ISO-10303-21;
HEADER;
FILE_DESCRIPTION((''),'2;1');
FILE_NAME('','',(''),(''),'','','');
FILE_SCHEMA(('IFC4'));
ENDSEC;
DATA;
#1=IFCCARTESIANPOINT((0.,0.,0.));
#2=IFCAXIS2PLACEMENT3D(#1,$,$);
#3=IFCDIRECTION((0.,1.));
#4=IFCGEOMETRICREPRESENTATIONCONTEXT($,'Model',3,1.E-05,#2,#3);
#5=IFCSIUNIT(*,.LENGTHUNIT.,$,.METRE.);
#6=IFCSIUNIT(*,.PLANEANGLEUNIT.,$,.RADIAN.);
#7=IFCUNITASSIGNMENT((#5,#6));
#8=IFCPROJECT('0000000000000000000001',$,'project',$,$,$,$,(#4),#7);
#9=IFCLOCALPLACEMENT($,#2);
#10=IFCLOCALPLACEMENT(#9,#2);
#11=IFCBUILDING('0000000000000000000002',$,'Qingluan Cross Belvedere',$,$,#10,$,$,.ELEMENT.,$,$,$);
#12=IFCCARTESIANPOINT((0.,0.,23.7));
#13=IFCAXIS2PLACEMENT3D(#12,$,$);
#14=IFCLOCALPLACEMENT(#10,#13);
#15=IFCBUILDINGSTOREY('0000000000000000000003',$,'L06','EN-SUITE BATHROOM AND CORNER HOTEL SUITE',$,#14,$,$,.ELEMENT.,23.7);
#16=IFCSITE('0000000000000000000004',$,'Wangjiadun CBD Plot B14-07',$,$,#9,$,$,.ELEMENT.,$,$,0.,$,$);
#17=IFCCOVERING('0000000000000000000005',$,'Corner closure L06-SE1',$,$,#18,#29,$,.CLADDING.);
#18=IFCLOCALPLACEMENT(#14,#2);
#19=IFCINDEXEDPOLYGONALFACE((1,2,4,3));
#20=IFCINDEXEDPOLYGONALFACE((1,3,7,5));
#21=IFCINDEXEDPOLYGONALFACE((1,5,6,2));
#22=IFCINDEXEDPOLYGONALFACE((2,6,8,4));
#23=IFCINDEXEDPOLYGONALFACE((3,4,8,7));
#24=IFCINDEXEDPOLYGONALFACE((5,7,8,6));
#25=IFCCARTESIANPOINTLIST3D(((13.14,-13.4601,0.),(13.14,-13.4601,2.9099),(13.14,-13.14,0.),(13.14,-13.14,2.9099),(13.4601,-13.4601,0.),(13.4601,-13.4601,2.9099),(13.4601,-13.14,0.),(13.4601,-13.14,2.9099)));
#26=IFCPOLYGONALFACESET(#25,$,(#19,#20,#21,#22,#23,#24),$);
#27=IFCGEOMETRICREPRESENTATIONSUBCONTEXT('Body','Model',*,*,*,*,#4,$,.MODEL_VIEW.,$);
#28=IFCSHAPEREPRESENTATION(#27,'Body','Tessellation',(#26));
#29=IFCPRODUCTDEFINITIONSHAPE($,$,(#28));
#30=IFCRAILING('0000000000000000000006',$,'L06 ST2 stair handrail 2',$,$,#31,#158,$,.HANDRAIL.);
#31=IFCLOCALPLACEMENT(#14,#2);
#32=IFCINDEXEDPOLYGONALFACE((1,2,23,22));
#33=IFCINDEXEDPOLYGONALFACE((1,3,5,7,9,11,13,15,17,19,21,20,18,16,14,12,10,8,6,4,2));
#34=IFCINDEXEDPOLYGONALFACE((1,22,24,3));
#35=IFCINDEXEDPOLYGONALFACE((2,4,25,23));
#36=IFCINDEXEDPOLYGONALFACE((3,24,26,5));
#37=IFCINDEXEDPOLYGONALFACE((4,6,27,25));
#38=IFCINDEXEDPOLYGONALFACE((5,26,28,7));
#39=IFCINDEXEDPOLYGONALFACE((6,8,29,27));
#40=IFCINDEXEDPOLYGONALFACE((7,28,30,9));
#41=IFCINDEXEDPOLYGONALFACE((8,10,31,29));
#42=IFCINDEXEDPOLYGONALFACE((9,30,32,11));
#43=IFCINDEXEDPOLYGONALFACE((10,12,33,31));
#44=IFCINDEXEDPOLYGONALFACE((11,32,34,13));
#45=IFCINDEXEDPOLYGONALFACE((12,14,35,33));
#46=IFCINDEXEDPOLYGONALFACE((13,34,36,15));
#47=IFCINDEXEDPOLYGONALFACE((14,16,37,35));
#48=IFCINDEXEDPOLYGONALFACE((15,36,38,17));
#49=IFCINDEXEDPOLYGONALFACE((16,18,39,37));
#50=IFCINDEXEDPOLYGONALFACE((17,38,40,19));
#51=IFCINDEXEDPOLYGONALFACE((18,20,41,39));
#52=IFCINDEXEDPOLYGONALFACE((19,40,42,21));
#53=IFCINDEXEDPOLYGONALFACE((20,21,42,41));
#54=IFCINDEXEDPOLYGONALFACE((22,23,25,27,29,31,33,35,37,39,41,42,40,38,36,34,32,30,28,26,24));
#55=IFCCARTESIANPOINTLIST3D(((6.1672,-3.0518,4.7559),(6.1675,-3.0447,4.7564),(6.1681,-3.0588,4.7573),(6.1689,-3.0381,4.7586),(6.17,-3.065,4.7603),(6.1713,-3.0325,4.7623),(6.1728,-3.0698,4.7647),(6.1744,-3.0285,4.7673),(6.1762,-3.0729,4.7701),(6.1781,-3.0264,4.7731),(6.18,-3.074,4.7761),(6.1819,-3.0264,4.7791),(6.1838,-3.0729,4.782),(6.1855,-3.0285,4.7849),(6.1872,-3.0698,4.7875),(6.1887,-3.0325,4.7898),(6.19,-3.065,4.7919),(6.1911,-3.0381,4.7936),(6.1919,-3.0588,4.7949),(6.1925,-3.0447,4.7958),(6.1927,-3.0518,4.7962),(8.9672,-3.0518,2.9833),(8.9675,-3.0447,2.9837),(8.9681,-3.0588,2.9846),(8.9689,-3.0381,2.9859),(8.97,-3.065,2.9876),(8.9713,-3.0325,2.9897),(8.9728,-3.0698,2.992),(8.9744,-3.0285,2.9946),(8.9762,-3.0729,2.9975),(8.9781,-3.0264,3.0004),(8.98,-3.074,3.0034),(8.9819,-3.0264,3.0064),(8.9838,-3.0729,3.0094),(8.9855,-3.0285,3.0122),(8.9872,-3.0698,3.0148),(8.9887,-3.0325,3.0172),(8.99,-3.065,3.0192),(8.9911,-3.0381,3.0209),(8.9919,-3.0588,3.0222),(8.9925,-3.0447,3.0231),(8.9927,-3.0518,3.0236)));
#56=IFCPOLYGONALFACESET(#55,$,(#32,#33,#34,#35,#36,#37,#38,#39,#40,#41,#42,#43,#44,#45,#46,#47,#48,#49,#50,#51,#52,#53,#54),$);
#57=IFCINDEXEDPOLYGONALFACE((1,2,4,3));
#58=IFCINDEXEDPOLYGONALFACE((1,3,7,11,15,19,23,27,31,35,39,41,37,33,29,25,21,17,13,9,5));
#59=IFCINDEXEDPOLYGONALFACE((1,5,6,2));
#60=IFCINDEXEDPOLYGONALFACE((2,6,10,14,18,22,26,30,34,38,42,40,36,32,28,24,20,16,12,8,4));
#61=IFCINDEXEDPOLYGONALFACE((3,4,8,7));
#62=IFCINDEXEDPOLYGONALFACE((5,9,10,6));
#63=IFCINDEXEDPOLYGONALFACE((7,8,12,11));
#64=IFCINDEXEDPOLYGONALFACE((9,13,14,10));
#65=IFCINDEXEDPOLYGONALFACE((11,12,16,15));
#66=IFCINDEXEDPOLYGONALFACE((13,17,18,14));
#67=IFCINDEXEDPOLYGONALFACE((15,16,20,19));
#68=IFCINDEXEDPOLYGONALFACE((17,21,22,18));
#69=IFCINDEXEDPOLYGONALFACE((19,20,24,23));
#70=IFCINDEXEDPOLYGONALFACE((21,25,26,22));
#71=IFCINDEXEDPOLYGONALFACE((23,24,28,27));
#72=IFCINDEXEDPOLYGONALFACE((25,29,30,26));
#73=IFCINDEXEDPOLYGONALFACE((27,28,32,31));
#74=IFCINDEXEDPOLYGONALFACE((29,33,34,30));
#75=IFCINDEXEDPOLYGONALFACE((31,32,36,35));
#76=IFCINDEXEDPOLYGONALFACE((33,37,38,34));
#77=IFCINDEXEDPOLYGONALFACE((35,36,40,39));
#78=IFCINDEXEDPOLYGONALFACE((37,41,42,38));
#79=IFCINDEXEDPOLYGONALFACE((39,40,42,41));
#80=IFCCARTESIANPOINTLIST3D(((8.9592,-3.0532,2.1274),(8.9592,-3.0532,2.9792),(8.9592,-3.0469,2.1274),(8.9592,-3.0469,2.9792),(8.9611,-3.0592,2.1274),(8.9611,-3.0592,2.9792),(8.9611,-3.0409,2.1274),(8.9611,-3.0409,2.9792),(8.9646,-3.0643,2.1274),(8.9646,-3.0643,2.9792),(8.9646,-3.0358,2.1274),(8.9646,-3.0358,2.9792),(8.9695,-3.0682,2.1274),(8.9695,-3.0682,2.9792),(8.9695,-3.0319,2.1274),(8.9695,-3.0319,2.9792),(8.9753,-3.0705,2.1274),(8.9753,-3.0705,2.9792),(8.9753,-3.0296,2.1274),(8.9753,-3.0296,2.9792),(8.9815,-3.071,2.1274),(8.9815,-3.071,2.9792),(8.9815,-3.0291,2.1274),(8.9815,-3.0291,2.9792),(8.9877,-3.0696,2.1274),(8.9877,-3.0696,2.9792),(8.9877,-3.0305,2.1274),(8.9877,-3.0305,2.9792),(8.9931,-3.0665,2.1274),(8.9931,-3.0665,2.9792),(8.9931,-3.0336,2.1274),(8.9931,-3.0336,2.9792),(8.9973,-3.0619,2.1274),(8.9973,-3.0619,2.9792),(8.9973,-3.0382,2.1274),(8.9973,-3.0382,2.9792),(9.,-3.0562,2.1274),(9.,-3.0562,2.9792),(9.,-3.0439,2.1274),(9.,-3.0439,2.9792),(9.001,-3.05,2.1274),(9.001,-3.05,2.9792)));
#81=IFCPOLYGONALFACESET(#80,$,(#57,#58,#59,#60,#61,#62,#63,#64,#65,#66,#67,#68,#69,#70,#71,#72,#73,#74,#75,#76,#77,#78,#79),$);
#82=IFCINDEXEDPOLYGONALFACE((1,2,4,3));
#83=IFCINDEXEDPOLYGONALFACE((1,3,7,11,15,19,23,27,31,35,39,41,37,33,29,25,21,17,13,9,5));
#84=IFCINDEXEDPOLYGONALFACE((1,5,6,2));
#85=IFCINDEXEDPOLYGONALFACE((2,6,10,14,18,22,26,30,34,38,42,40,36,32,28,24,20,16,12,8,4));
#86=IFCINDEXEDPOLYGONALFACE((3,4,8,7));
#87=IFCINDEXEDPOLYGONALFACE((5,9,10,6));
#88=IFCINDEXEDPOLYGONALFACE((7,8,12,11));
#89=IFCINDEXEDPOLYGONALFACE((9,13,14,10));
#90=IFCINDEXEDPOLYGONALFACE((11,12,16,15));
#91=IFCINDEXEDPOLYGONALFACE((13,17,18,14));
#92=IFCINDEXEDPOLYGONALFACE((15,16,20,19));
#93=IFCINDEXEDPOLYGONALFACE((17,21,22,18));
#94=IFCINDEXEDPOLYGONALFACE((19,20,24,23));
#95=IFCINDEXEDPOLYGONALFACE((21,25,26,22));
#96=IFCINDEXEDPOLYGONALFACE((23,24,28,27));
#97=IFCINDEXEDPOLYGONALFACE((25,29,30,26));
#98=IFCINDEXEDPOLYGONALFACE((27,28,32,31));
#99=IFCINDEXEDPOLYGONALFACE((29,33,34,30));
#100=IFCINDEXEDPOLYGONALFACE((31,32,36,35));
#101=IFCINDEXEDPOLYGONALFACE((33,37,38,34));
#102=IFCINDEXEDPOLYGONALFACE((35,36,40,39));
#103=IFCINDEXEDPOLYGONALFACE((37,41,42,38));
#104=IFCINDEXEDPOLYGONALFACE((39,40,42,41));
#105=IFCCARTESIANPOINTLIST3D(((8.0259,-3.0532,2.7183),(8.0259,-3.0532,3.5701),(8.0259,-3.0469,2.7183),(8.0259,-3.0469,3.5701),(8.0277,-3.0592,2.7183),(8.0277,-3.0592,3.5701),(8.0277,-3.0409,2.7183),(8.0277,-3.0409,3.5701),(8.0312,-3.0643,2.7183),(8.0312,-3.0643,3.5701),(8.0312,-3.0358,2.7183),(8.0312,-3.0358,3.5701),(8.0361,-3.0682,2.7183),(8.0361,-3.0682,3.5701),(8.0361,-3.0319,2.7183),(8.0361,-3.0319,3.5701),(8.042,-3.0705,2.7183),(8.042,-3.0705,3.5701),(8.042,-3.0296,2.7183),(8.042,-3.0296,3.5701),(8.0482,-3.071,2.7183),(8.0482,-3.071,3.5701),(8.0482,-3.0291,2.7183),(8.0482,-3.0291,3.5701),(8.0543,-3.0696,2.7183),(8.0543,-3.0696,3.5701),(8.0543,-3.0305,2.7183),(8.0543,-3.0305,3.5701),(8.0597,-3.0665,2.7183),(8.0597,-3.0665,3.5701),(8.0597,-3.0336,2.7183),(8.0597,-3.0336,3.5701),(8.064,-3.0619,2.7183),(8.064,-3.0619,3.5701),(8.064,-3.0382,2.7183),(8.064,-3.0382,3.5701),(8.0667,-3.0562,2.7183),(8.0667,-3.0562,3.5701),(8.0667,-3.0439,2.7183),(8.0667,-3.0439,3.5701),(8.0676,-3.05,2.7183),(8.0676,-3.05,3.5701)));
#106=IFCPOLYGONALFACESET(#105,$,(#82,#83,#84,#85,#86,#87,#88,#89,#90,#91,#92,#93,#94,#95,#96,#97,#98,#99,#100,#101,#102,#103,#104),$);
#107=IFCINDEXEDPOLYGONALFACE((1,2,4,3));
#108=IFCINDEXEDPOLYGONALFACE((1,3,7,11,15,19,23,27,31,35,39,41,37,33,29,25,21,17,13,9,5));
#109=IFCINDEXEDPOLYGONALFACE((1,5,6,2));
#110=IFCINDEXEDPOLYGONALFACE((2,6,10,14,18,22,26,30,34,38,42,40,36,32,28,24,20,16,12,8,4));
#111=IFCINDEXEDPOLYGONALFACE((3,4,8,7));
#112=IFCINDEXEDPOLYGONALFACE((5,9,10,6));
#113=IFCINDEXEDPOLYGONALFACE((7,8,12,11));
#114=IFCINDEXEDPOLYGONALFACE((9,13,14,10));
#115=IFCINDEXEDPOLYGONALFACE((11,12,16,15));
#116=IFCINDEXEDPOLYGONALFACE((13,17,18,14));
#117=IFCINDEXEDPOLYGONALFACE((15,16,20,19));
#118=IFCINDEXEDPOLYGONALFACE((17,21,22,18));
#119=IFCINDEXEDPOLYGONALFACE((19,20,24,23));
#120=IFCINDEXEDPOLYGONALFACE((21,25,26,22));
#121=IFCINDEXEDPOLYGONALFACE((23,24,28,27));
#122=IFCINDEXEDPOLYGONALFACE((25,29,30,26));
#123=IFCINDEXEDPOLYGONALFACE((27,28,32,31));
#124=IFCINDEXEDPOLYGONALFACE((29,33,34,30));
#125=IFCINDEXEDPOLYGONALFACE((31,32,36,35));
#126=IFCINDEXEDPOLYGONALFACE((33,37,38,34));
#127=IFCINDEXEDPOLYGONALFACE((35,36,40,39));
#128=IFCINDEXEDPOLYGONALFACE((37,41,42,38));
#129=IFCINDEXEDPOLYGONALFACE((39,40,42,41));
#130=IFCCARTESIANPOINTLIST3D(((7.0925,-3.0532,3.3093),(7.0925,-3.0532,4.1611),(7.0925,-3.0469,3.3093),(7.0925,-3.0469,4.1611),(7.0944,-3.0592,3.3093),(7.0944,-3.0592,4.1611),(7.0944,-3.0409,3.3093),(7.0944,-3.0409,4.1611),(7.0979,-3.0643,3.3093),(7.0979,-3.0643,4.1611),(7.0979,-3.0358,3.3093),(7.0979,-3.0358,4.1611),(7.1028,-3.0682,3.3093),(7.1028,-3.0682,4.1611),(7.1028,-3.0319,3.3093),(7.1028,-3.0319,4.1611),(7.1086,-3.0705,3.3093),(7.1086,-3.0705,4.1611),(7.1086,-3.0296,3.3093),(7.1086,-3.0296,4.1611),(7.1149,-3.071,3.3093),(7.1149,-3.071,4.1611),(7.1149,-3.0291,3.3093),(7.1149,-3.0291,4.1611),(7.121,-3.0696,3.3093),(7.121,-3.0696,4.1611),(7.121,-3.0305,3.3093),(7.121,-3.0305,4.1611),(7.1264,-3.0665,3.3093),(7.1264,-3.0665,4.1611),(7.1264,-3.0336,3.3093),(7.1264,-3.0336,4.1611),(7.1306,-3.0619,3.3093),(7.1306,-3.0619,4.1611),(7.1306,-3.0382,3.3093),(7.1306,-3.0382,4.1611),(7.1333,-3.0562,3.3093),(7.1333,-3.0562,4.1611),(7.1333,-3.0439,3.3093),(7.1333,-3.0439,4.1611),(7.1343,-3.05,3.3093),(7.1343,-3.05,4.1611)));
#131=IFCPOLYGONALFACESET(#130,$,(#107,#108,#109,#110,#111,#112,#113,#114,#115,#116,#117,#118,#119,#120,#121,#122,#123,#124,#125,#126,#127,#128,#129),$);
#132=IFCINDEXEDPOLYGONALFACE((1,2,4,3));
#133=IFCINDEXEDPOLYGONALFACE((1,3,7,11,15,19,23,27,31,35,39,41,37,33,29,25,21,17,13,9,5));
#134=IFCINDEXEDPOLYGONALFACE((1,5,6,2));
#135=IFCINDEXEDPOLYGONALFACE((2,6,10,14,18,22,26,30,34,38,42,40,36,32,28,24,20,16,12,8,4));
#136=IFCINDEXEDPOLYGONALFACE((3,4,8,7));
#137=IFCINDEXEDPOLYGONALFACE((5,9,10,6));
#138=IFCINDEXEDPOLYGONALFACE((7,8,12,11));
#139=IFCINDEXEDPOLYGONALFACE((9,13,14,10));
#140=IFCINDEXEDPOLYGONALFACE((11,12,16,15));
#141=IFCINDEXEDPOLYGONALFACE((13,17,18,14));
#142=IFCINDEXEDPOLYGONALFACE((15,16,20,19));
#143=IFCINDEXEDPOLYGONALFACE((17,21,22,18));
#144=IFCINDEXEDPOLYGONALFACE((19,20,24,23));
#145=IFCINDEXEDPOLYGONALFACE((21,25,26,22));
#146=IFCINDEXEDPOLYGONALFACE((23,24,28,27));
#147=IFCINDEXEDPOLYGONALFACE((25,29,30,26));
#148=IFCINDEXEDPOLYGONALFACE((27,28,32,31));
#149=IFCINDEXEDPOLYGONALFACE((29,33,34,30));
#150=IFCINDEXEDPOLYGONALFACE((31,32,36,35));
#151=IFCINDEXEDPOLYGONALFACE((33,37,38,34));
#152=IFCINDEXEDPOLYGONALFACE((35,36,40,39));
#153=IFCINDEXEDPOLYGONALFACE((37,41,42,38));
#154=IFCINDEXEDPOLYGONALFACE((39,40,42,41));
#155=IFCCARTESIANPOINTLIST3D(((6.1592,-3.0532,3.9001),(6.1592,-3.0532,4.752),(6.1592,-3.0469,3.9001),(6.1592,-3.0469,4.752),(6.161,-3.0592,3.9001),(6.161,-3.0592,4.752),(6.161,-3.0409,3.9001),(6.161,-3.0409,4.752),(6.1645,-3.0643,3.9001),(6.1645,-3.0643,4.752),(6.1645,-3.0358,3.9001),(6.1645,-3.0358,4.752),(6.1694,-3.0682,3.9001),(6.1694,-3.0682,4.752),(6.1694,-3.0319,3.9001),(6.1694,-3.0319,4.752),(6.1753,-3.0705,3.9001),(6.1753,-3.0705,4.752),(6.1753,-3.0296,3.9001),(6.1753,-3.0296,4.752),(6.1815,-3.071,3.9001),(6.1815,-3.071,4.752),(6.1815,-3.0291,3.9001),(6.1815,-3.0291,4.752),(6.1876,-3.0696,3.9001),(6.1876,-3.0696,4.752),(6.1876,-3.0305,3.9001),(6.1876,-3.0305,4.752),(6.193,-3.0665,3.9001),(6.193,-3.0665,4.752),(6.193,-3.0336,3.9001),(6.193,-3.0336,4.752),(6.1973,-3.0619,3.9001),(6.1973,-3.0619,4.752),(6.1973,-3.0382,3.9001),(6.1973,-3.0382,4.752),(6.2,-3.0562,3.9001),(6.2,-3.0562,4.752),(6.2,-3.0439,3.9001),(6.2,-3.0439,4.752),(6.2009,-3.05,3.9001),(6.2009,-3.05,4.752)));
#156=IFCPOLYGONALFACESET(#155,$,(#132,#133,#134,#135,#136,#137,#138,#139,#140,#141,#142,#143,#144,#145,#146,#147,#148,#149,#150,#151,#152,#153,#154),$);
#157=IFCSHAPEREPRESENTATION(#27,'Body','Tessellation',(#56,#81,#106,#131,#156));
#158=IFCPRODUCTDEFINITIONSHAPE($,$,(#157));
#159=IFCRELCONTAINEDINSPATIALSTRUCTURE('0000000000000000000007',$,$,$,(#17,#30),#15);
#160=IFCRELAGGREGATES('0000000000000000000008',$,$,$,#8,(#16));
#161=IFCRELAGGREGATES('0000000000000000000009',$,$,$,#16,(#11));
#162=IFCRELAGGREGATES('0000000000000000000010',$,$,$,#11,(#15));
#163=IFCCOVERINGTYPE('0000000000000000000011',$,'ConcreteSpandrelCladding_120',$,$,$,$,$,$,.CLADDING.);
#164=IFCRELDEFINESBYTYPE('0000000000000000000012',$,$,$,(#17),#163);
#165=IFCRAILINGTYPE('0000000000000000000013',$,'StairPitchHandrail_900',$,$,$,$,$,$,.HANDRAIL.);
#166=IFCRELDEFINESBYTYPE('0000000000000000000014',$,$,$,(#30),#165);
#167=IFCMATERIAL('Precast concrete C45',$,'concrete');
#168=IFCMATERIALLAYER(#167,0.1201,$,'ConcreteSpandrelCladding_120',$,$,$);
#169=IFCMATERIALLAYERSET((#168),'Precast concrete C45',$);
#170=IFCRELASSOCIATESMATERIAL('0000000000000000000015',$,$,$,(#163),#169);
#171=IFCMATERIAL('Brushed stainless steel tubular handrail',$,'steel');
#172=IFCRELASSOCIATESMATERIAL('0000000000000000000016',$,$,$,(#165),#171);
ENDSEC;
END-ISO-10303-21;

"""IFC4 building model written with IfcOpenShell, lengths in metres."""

from ifc_helpers import new_model, si_unit, direction, frame, origin, origin_2d, place, context, subcontext, project, spatial, rectangle, circle, extrude, material, layer, layer_set, type_object, element, save


model = new_model("IFC4")

# Units and contexts
model_context = context("Model", 3, precision=1e-05, world=origin(), true_north=direction((0.0, 1.0)))
body_context = subcontext(model_context, "Body", "Model", "MODEL_VIEW")
ifc_project = project(units=[si_unit("LENGTHUNIT", "METRE"), si_unit("PLANEANGLEUNIT", "RADIAN")], contexts=[model_context])

# Site, building, storey
site_placement = place(None, origin())
site = spatial("IfcSite", under=ifc_project, at=site_placement, Name="Wangjiadun CBD Plot B14-07", CompositionType="ELEMENT", RefElevation=0.0)
building_placement = place(site_placement, origin())
building = spatial("IfcBuilding", under=site, at=building_placement, Name="Qingluan Cross Belvedere", CompositionType="ELEMENT")
storey_placement = place(building_placement, frame((0.0, 0.0, 23.7)))
storey = spatial("IfcBuildingStorey", under=building, at=storey_placement, Name="L06", Description="EN-SUITE BATHROOM AND CORNER HOTEL SUITE", CompositionType="ELEMENT", Elevation=23.7)

# Covering
ifc_material_1 = material(Name="Precast concrete C45", Category="concrete")
ifc_layer_1 = layer(ifc_material_1, 0.1201, Name="ConcreteSpandrelCladding_120")
ifc_layer_set_1 = layer_set([ifc_layer_1], Name="Precast concrete C45")
covering_type = type_object("IfcCoveringType", Name="ConcreteSpandrelCladding_120", PredefinedType="CLADDING", material=ifc_layer_set_1)
covering_placement = place(storey_placement, frame((13.3, -13.3, 0.0), z_axis=(0.0, 0.0, 1.0), x_axis=(1.0, 0.0, 0.0)))
element("IfcCovering", 1, at=covering_placement, inside=storey, type_object=covering_type, Name="Corner closure L06-SE1", PredefinedType="CLADDING", context=body_context, shape_type="SweptSolid", body=[
    extrude(rectangle(XDim=0.3201, YDim=0.3201, at=origin_2d()), origin(), (0.0, 0.0, 1.0), 2.9099),
])

# Railing
ifc_material_2 = material(Name="Brushed stainless steel tubular handrail", Category="steel")
railing_type_1 = type_object("IfcRailingType", Name="StairPitchHandrail_900", PredefinedType="HANDRAIL", material=ifc_material_2)
railing_1_placement = place(storey_placement, frame((8.98, -3.05, 2.1274)))
element("IfcRailing", 2, at=railing_1_placement, inside=storey, type_object=railing_type_1, Name="L06 ST2 stair handrail 2", PredefinedType="HANDRAIL", context=body_context, shape_type="SweptSolid", body=[
    extrude(circle(Radius=0.0239, at=origin_2d()), frame((0.0, 0.0, 0.876), z_axis=(-0.844909, 0.0, 0.53491), x_axis=(0.0, -1.0, 0.0)), (0.0, 0.0, 1.0), 3.314),
    extrude(circle(Radius=0.021, at=origin_2d()), origin(), (0.0, 0.0, 1.0), 0.8518),
    extrude(circle(Radius=0.021, at=origin_2d()), frame((-0.9333, 0.0, 0.5908)), (0.0, 0.0, 1.0), 0.8518),
    extrude(circle(Radius=0.021, at=origin_2d()), frame((-1.8667, 0.0, 1.1819)), (0.0, 0.0, 1.0), 0.8518),
    extrude(circle(Radius=0.021, at=origin_2d()), frame((-2.8, 0.0, 1.7727)), (0.0, 0.0, 1.0), 0.8518),
])

save(model, "model.ifc")
